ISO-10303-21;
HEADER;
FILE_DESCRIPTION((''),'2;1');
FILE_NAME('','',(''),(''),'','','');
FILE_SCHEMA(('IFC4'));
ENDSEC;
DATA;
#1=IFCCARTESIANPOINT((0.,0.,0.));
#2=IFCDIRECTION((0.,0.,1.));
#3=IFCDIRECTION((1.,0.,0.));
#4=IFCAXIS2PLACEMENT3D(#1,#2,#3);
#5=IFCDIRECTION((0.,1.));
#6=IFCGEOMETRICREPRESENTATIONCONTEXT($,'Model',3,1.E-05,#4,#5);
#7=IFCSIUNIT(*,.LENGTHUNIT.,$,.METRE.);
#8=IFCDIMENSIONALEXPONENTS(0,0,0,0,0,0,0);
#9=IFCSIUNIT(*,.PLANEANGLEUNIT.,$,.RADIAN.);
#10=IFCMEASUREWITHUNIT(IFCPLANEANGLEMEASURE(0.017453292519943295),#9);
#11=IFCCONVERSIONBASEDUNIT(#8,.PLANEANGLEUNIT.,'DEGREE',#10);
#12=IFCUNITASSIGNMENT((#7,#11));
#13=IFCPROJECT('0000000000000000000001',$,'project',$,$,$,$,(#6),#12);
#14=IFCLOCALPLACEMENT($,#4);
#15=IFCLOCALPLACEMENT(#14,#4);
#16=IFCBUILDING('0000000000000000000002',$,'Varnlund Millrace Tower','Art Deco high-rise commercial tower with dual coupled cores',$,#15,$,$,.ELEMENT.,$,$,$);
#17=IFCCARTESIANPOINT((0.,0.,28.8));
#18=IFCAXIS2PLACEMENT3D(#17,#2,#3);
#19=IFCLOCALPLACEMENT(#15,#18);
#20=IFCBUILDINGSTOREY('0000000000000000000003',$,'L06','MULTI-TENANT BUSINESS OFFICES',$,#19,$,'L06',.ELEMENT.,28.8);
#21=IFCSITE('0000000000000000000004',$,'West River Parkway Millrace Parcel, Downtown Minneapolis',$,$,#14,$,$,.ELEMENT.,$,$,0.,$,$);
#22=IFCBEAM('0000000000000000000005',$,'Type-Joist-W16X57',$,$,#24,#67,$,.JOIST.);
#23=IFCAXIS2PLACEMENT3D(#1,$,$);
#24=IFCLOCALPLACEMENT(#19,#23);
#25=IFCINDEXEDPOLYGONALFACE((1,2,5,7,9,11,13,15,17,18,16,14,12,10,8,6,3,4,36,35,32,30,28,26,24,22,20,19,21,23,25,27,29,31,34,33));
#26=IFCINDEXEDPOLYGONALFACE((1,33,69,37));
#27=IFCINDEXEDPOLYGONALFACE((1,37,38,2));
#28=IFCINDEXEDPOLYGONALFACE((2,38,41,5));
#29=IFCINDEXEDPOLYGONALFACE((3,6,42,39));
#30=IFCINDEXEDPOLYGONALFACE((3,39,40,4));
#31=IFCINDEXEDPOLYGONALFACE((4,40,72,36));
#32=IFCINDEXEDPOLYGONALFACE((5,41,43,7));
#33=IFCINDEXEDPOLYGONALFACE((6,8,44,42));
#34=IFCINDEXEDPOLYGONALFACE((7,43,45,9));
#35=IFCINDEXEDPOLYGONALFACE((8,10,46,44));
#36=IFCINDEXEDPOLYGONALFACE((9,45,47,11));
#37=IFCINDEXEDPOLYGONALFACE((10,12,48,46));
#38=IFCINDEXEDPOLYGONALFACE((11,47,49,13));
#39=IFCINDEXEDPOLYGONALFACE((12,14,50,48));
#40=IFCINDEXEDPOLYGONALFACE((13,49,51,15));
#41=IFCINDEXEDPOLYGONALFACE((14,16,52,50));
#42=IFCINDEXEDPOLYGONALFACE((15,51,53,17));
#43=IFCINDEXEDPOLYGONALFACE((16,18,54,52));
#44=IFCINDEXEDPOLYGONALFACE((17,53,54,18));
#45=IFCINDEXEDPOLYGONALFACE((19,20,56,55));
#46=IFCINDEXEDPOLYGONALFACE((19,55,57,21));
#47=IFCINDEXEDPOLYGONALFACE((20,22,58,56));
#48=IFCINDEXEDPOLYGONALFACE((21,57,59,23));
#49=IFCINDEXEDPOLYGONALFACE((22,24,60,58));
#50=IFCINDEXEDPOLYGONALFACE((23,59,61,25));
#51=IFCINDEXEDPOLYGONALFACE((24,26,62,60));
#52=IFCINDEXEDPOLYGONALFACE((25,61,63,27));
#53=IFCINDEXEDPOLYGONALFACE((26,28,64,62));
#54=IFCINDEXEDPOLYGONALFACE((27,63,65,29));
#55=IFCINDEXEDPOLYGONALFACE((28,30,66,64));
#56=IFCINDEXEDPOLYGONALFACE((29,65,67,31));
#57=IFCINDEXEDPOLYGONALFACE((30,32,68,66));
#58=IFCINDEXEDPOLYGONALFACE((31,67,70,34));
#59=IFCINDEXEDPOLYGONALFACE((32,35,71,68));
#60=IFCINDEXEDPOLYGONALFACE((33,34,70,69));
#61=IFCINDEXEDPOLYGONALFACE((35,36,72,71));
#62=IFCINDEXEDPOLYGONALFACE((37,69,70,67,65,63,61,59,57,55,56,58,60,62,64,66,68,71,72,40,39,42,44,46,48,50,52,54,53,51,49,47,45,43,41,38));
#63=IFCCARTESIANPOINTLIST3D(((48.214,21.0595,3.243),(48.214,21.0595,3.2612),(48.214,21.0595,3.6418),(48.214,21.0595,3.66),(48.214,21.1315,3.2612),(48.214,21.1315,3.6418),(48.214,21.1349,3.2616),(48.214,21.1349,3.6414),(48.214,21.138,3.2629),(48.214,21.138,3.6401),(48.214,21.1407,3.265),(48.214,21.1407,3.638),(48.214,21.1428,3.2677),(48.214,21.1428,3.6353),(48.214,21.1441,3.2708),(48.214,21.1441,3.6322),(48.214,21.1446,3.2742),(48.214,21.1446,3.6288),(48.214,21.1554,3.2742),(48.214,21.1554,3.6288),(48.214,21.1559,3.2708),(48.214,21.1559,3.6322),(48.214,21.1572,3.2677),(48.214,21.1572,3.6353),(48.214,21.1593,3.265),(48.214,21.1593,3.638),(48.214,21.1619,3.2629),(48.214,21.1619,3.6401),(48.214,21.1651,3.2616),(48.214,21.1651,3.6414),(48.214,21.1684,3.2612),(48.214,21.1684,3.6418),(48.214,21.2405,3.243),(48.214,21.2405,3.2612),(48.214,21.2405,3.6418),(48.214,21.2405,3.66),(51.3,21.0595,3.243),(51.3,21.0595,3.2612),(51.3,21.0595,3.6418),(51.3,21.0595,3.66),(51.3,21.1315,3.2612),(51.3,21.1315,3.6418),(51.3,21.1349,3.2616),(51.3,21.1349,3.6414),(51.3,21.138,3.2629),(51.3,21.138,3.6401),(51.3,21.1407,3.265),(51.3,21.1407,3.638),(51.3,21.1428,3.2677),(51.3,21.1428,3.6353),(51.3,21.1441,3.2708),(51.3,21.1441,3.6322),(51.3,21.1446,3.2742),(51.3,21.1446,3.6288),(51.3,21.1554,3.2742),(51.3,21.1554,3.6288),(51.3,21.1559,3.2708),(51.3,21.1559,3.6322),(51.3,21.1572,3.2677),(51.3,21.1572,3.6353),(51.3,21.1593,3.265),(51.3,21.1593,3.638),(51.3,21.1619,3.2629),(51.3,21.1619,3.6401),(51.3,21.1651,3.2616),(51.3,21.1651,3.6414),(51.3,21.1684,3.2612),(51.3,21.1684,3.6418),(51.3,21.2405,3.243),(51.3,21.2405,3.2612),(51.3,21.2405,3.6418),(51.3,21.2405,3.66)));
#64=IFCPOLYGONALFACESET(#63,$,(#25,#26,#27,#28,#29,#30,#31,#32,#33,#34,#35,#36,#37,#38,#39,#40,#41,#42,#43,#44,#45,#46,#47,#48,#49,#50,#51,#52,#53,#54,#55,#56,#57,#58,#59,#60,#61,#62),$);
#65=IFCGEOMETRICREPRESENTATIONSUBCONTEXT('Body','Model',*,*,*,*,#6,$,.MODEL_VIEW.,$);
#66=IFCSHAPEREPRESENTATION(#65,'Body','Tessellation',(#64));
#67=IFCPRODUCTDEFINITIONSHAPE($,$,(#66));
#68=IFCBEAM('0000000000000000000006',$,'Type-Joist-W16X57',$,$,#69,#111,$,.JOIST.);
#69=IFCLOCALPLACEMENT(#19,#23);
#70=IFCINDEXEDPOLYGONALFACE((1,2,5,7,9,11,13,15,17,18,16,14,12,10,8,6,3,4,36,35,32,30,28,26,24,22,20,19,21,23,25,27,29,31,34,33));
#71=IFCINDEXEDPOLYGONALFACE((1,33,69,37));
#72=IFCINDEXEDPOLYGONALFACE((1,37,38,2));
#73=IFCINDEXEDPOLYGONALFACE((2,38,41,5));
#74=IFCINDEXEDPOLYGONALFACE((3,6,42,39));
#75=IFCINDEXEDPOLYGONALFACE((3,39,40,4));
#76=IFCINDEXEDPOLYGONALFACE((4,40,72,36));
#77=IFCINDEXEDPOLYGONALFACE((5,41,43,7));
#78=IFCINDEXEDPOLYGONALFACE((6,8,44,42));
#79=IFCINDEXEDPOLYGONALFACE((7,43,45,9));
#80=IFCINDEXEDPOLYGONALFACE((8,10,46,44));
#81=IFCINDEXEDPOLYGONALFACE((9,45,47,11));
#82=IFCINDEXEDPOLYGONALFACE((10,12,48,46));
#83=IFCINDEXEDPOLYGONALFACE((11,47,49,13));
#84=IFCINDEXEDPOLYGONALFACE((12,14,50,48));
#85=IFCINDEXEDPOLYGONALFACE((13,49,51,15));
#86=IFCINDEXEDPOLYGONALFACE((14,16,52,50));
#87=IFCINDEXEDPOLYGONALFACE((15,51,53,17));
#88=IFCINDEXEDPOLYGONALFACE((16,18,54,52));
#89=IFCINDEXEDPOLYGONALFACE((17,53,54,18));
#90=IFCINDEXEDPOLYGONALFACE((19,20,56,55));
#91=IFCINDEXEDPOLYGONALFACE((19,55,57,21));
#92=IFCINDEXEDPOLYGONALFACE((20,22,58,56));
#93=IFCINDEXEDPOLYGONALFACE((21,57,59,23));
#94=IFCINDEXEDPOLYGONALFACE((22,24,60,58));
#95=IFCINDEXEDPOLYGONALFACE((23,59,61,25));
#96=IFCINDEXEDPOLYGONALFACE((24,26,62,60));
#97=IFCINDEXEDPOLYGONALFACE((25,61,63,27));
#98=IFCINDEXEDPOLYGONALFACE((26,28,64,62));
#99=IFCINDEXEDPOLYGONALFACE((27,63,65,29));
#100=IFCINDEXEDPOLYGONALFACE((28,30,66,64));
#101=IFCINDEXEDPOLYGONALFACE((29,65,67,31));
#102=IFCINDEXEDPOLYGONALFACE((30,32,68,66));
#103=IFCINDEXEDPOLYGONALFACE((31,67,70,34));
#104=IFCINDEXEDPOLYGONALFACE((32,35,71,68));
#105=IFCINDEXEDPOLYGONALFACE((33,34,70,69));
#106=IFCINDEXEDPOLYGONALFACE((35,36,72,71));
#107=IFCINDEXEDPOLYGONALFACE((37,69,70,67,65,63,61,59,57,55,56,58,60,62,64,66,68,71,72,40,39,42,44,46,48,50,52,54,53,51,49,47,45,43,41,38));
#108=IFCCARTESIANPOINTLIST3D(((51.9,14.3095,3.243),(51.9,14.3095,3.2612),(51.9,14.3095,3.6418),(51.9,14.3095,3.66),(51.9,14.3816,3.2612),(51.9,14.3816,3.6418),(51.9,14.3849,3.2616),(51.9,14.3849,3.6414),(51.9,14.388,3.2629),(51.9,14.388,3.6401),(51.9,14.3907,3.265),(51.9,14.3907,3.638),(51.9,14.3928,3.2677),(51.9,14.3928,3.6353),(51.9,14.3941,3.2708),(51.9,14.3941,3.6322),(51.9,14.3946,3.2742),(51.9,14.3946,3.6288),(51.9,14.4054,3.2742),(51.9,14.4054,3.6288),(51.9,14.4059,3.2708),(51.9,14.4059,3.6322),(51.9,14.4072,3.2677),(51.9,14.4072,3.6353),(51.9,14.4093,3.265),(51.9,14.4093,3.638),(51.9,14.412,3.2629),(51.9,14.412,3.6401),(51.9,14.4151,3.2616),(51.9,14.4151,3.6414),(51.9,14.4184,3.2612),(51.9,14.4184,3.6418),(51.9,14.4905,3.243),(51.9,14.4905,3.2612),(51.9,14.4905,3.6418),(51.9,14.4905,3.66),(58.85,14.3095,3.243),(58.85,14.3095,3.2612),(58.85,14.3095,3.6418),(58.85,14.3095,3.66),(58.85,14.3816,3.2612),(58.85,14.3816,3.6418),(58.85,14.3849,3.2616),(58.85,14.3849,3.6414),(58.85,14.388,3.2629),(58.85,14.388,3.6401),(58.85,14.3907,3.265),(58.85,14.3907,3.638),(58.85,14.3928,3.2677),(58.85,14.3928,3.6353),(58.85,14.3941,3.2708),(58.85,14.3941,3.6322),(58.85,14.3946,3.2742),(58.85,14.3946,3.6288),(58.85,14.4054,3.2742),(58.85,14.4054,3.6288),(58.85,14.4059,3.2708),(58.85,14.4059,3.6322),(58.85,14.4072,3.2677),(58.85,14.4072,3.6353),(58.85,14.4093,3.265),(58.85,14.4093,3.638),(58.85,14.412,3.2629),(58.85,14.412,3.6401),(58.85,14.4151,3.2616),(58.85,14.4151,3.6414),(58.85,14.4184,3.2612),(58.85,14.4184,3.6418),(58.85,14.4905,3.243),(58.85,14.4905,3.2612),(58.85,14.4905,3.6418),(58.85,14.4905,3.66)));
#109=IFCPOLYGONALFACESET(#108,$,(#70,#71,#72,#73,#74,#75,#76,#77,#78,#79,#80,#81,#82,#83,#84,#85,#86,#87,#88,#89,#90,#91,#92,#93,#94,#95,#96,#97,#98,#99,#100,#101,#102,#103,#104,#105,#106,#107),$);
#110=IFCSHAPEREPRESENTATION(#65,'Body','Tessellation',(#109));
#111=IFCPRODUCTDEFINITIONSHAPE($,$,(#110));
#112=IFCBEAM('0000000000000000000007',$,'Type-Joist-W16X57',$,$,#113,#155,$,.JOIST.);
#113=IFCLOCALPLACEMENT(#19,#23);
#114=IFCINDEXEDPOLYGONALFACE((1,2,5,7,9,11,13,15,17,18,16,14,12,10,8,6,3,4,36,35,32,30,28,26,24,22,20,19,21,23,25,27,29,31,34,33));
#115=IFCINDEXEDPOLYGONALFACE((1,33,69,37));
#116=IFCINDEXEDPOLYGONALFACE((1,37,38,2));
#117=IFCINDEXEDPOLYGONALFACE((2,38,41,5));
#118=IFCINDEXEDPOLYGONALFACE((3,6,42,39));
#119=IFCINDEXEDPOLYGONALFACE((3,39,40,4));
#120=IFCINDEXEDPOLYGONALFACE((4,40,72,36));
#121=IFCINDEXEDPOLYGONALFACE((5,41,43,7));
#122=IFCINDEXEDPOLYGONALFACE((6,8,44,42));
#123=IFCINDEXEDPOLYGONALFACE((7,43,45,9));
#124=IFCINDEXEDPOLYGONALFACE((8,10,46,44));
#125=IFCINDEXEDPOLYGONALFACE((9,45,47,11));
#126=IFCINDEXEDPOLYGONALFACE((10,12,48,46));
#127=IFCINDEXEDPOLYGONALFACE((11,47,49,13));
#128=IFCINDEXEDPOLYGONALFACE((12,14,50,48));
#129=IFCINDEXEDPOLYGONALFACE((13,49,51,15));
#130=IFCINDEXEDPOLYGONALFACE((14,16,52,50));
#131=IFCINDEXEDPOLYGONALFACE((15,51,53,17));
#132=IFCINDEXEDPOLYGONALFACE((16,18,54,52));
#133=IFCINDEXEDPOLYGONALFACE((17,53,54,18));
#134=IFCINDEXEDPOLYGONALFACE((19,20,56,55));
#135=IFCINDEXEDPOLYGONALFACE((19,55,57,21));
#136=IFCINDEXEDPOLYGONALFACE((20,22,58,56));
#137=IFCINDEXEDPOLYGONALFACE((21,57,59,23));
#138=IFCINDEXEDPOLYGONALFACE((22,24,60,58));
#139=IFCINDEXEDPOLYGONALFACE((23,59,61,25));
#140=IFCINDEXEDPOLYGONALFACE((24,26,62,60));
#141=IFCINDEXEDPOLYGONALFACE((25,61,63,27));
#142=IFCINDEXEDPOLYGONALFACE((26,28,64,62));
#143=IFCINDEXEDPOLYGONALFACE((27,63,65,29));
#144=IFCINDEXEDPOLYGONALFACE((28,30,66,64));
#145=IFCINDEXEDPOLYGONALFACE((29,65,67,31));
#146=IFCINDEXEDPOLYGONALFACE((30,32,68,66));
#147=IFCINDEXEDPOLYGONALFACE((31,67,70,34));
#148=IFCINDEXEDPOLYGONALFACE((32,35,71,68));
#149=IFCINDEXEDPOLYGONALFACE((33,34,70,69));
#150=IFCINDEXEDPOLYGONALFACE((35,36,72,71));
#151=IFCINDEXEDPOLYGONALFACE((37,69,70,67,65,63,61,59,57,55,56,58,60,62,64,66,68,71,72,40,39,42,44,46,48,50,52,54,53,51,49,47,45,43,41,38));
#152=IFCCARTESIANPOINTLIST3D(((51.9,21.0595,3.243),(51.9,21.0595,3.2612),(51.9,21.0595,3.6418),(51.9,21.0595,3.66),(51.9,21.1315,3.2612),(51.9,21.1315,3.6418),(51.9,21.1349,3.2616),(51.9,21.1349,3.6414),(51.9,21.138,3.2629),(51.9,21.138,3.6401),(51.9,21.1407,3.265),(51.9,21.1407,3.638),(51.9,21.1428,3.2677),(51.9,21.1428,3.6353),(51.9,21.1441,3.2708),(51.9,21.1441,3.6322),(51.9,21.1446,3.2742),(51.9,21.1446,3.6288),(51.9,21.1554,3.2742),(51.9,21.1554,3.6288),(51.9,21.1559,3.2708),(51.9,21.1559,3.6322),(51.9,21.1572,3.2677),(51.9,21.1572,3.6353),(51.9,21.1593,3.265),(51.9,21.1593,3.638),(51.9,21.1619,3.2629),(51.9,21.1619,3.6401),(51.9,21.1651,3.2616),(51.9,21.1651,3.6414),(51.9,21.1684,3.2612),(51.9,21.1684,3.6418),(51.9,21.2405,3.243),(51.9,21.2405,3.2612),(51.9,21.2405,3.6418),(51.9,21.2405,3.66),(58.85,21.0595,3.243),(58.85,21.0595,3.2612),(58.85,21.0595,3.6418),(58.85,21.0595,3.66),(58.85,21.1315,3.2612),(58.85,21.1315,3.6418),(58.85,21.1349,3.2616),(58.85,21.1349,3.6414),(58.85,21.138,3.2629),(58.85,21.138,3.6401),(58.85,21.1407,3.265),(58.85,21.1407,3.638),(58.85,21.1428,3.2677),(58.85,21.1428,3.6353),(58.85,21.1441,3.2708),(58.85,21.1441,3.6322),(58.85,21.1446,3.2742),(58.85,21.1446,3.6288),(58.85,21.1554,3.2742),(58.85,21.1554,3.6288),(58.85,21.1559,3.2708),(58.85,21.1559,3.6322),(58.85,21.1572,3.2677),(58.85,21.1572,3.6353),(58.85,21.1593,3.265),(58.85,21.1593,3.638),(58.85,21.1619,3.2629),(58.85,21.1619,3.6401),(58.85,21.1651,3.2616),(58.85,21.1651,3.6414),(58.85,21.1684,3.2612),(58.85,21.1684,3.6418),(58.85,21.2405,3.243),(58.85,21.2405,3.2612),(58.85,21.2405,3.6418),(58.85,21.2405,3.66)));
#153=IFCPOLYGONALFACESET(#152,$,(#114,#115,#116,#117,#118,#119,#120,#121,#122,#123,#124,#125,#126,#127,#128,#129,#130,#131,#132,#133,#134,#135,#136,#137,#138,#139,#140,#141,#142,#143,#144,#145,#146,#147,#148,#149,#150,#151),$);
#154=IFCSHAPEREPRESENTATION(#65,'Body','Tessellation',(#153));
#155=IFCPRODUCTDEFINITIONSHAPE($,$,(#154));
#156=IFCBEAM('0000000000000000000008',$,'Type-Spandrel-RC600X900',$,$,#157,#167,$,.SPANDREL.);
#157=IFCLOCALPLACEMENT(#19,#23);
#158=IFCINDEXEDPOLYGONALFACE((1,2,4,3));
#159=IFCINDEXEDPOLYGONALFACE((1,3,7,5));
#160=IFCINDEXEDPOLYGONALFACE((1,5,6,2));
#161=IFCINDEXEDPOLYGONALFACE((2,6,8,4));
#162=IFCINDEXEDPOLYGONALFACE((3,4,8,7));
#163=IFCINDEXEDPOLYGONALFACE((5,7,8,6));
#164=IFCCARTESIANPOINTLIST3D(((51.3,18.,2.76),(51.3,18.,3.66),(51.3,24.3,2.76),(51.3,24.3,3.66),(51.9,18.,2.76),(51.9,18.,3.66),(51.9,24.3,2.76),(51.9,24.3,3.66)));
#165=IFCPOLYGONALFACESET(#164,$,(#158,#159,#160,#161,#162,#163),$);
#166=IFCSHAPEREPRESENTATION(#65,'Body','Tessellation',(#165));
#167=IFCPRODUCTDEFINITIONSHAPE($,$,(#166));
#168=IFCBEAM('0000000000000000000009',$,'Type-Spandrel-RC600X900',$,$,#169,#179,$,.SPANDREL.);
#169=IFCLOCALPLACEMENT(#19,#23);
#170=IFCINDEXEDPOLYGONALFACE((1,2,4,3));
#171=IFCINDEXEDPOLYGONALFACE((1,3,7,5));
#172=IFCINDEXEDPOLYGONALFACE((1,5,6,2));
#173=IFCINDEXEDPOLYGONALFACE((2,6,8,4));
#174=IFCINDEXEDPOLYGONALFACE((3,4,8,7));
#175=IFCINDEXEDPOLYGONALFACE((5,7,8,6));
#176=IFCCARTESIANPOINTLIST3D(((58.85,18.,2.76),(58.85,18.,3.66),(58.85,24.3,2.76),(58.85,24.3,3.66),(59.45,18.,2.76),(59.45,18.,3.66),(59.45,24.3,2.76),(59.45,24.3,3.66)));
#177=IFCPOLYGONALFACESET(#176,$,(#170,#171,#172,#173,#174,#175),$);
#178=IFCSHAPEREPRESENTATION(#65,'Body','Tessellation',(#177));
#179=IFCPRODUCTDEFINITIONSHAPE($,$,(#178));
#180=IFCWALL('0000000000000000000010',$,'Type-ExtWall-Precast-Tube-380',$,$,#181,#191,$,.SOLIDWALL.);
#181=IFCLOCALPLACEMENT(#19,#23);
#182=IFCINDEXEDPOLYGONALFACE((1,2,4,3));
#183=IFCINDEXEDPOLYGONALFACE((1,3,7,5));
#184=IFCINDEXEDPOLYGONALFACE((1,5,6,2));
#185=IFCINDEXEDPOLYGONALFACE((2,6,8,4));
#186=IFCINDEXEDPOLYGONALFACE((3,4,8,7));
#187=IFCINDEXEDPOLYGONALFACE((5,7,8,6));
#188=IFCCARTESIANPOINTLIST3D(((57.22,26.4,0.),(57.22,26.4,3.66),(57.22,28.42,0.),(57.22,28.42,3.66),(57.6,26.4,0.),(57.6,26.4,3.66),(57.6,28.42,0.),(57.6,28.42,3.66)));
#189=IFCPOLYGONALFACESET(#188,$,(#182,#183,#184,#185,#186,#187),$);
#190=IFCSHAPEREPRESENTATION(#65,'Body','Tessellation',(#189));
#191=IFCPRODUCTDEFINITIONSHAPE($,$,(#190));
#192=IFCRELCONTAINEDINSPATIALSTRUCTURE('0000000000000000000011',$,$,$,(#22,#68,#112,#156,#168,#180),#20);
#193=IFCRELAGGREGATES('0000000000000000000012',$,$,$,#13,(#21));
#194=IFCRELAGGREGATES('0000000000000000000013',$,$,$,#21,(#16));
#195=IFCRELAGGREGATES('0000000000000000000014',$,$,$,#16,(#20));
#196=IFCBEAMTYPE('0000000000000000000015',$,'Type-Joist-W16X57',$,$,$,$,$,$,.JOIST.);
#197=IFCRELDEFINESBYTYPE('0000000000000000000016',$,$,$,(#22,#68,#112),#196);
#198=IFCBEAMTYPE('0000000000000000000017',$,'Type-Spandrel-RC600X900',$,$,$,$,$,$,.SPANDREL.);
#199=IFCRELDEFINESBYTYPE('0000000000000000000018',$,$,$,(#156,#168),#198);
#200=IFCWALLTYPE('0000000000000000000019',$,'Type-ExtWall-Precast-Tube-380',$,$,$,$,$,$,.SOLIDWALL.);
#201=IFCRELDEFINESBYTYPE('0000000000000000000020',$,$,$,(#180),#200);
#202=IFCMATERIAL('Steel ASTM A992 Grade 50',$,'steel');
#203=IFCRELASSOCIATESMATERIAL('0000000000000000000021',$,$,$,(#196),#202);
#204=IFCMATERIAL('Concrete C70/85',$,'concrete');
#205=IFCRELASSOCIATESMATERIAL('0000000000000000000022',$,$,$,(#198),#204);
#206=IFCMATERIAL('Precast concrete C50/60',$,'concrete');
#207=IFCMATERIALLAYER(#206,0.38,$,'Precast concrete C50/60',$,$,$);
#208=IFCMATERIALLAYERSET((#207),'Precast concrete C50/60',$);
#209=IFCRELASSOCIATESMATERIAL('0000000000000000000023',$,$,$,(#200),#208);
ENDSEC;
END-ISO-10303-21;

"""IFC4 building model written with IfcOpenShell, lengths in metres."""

from ifc_helpers import new_model, entity, si_unit, converted_unit, direction, frame, origin_with_axes, origin_2d_with_axis, place, context, subcontext, project, spatial, polyline, rectangle, i_section, outline, extrude, material, layer, layer_set, material_profile, profile_set, type_object, element, save


model = new_model("IFC4")

# Units and contexts
model_context = context("Model", 3, precision=1e-05, world=origin_with_axes(), true_north=direction((0.0, 1.0)))
body_context = subcontext(model_context, "Body", "Model", "MODEL_VIEW")
ifc_project = project(units=[si_unit("LENGTHUNIT", "METRE"), converted_unit("PLANEANGLEUNIT", "DEGREE", entity("IfcPlaneAngleMeasure", 0.017453292519943295), si_unit("PLANEANGLEUNIT", "RADIAN"), dimensions=[0, 0, 0, 0, 0, 0, 0])], contexts=[model_context])

# Site, building, storey
site_placement = place(None, origin_with_axes())
site = spatial("IfcSite", under=ifc_project, at=site_placement, Name="West River Parkway Millrace Parcel, Downtown Minneapolis", CompositionType="ELEMENT", RefElevation=0.0)
building_placement = place(site_placement, origin_with_axes())
building = spatial("IfcBuilding", under=site, at=building_placement, Name="Varnlund Millrace Tower", Description="Art Deco high-rise commercial tower with dual coupled cores", CompositionType="ELEMENT")
storey_placement = place(building_placement, frame((0.0, 0.0, 28.8), z_axis=(0.0, 0.0, 1.0), x_axis=(1.0, 0.0, 0.0)))
storey = spatial("IfcBuildingStorey", under=building, at=storey_placement, Name="L06", Description="MULTI-TENANT BUSINESS OFFICES", LongName="L06", CompositionType="ELEMENT", Elevation=28.8)

# Beams
ifc_material_1 = material(Name="Steel ASTM A992 Grade 50", Category="steel")
ifc_material_profile_1 = material_profile(ifc_material_1, i_section(OverallWidth=0.181, OverallDepth=0.417, WebThickness=0.0109, FlangeThickness=0.0182, FilletRadius=0.013, at=origin_2d_with_axis()), Name="Steel ASTM A992 Grade 50")
ifc_profile_set_1 = profile_set([ifc_material_profile_1], Name="Steel ASTM A992 Grade 50")
beam_type_1 = type_object("IfcBeamType", Name="Type-Joist-W16X57", PredefinedType="JOIST", material=ifc_profile_set_1)
beam_1_placement = place(storey_placement, frame((48.214, 21.15, 3.4515), z_axis=(1.0, 0.0, 0.0), x_axis=(0.0, 1.0, 0.0)))
element("IfcBeam", 1, at=beam_1_placement, inside=storey, type_object=beam_type_1, Name="Type-Joist-W16X57", PredefinedType="JOIST", context=body_context, shape_type="SweptSolid", body=[
    extrude(i_section(OverallWidth=0.181, OverallDepth=0.417, WebThickness=0.0109, FlangeThickness=0.0182, FilletRadius=0.013, at=origin_2d_with_axis()), origin_with_axes(), (0.0, 0.0, 1.0), 3.086),
])
for number, where, z_axis, x_axis, name in (
    (2, (51.9, 14.4, 3.4515), (1.0, 0.0, 0.0), (0.0, 1.0, 0.0), "Type-Joist-W16X57"),
    (3, (51.9, 21.15, 3.4515), (1.0, 0.0, 0.0), (0.0, 1.0, 0.0), "Type-Joist-W16X57"),
):
    element("IfcBeam", number, at=place(storey_placement, frame(where, z_axis=z_axis, x_axis=x_axis)), inside=storey, type_object=beam_type_1, Name=name, PredefinedType="JOIST", context=body_context, shape_type="SweptSolid", body=[
        extrude(i_section(OverallWidth=0.181, OverallDepth=0.417, WebThickness=0.0109, FlangeThickness=0.0182, FilletRadius=0.013, at=origin_2d_with_axis()), origin_with_axes(), (0.0, 0.0, 1.0), 6.95),
    ])
ifc_material_2 = material(Name="Concrete C70/85", Category="concrete")
ifc_material_profile_2 = material_profile(ifc_material_2, rectangle(XDim=0.6, YDim=0.9, at=origin_2d_with_axis()), Name="Concrete C70/85")
ifc_profile_set_2 = profile_set([ifc_material_profile_2], Name="Concrete C70/85")
beam_type_2 = type_object("IfcBeamType", Name="Type-Spandrel-RC600X900", PredefinedType="SPANDREL", material=ifc_profile_set_2)
for number, where, z_axis, x_axis, name in (
    (4, (51.6, 18.0, 3.21), (0.0, 1.0, 0.0), (-1.0, 0.0, 0.0), "Type-Spandrel-RC600X900"),
    (5, (59.15, 18.0, 3.21), (0.0, 1.0, 0.0), (-1.0, 0.0, 0.0), "Type-Spandrel-RC600X900"),
):
    element("IfcBeam", number, at=place(storey_placement, frame(where, z_axis=z_axis, x_axis=x_axis)), inside=storey, type_object=beam_type_2, Name=name, PredefinedType="SPANDREL", context=body_context, shape_type="SweptSolid", body=[
        extrude(rectangle(XDim=0.6, YDim=0.9, at=origin_2d_with_axis()), origin_with_axes(), (0.0, 0.0, 1.0), 6.3),
    ])

# Wall
ifc_material_3 = material(Name="Precast concrete C50/60", Category="concrete")
ifc_layer_1 = layer(ifc_material_3, 0.38, Name="Precast concrete C50/60")
ifc_layer_set_1 = layer_set([ifc_layer_1], Name="Precast concrete C50/60")
wall_type_1 = type_object("IfcWallType", Name="Type-ExtWall-Precast-Tube-380", PredefinedType="SOLIDWALL", material=ifc_layer_set_1)
wall_1_placement = place(storey_placement, frame((57.41, 28.42, 0.0), z_axis=(0.0, 0.0, 1.0), x_axis=(0.0, -1.0, 0.0)))
element("IfcWall", 6, at=wall_1_placement, inside=storey, type_object=wall_type_1, Name="Type-ExtWall-Precast-Tube-380", PredefinedType="SOLIDWALL", context=body_context, shape_type="SweptSolid", body=[
    extrude(outline(polyline([(0.0, -0.19), (2.02, -0.19), (2.02, 0.19), (0.0, 0.19), (0.0, -0.19)])), origin_with_axes(), (0.0, 0.0, 1.0), 3.66),
])

save(model, "model.ifc")
